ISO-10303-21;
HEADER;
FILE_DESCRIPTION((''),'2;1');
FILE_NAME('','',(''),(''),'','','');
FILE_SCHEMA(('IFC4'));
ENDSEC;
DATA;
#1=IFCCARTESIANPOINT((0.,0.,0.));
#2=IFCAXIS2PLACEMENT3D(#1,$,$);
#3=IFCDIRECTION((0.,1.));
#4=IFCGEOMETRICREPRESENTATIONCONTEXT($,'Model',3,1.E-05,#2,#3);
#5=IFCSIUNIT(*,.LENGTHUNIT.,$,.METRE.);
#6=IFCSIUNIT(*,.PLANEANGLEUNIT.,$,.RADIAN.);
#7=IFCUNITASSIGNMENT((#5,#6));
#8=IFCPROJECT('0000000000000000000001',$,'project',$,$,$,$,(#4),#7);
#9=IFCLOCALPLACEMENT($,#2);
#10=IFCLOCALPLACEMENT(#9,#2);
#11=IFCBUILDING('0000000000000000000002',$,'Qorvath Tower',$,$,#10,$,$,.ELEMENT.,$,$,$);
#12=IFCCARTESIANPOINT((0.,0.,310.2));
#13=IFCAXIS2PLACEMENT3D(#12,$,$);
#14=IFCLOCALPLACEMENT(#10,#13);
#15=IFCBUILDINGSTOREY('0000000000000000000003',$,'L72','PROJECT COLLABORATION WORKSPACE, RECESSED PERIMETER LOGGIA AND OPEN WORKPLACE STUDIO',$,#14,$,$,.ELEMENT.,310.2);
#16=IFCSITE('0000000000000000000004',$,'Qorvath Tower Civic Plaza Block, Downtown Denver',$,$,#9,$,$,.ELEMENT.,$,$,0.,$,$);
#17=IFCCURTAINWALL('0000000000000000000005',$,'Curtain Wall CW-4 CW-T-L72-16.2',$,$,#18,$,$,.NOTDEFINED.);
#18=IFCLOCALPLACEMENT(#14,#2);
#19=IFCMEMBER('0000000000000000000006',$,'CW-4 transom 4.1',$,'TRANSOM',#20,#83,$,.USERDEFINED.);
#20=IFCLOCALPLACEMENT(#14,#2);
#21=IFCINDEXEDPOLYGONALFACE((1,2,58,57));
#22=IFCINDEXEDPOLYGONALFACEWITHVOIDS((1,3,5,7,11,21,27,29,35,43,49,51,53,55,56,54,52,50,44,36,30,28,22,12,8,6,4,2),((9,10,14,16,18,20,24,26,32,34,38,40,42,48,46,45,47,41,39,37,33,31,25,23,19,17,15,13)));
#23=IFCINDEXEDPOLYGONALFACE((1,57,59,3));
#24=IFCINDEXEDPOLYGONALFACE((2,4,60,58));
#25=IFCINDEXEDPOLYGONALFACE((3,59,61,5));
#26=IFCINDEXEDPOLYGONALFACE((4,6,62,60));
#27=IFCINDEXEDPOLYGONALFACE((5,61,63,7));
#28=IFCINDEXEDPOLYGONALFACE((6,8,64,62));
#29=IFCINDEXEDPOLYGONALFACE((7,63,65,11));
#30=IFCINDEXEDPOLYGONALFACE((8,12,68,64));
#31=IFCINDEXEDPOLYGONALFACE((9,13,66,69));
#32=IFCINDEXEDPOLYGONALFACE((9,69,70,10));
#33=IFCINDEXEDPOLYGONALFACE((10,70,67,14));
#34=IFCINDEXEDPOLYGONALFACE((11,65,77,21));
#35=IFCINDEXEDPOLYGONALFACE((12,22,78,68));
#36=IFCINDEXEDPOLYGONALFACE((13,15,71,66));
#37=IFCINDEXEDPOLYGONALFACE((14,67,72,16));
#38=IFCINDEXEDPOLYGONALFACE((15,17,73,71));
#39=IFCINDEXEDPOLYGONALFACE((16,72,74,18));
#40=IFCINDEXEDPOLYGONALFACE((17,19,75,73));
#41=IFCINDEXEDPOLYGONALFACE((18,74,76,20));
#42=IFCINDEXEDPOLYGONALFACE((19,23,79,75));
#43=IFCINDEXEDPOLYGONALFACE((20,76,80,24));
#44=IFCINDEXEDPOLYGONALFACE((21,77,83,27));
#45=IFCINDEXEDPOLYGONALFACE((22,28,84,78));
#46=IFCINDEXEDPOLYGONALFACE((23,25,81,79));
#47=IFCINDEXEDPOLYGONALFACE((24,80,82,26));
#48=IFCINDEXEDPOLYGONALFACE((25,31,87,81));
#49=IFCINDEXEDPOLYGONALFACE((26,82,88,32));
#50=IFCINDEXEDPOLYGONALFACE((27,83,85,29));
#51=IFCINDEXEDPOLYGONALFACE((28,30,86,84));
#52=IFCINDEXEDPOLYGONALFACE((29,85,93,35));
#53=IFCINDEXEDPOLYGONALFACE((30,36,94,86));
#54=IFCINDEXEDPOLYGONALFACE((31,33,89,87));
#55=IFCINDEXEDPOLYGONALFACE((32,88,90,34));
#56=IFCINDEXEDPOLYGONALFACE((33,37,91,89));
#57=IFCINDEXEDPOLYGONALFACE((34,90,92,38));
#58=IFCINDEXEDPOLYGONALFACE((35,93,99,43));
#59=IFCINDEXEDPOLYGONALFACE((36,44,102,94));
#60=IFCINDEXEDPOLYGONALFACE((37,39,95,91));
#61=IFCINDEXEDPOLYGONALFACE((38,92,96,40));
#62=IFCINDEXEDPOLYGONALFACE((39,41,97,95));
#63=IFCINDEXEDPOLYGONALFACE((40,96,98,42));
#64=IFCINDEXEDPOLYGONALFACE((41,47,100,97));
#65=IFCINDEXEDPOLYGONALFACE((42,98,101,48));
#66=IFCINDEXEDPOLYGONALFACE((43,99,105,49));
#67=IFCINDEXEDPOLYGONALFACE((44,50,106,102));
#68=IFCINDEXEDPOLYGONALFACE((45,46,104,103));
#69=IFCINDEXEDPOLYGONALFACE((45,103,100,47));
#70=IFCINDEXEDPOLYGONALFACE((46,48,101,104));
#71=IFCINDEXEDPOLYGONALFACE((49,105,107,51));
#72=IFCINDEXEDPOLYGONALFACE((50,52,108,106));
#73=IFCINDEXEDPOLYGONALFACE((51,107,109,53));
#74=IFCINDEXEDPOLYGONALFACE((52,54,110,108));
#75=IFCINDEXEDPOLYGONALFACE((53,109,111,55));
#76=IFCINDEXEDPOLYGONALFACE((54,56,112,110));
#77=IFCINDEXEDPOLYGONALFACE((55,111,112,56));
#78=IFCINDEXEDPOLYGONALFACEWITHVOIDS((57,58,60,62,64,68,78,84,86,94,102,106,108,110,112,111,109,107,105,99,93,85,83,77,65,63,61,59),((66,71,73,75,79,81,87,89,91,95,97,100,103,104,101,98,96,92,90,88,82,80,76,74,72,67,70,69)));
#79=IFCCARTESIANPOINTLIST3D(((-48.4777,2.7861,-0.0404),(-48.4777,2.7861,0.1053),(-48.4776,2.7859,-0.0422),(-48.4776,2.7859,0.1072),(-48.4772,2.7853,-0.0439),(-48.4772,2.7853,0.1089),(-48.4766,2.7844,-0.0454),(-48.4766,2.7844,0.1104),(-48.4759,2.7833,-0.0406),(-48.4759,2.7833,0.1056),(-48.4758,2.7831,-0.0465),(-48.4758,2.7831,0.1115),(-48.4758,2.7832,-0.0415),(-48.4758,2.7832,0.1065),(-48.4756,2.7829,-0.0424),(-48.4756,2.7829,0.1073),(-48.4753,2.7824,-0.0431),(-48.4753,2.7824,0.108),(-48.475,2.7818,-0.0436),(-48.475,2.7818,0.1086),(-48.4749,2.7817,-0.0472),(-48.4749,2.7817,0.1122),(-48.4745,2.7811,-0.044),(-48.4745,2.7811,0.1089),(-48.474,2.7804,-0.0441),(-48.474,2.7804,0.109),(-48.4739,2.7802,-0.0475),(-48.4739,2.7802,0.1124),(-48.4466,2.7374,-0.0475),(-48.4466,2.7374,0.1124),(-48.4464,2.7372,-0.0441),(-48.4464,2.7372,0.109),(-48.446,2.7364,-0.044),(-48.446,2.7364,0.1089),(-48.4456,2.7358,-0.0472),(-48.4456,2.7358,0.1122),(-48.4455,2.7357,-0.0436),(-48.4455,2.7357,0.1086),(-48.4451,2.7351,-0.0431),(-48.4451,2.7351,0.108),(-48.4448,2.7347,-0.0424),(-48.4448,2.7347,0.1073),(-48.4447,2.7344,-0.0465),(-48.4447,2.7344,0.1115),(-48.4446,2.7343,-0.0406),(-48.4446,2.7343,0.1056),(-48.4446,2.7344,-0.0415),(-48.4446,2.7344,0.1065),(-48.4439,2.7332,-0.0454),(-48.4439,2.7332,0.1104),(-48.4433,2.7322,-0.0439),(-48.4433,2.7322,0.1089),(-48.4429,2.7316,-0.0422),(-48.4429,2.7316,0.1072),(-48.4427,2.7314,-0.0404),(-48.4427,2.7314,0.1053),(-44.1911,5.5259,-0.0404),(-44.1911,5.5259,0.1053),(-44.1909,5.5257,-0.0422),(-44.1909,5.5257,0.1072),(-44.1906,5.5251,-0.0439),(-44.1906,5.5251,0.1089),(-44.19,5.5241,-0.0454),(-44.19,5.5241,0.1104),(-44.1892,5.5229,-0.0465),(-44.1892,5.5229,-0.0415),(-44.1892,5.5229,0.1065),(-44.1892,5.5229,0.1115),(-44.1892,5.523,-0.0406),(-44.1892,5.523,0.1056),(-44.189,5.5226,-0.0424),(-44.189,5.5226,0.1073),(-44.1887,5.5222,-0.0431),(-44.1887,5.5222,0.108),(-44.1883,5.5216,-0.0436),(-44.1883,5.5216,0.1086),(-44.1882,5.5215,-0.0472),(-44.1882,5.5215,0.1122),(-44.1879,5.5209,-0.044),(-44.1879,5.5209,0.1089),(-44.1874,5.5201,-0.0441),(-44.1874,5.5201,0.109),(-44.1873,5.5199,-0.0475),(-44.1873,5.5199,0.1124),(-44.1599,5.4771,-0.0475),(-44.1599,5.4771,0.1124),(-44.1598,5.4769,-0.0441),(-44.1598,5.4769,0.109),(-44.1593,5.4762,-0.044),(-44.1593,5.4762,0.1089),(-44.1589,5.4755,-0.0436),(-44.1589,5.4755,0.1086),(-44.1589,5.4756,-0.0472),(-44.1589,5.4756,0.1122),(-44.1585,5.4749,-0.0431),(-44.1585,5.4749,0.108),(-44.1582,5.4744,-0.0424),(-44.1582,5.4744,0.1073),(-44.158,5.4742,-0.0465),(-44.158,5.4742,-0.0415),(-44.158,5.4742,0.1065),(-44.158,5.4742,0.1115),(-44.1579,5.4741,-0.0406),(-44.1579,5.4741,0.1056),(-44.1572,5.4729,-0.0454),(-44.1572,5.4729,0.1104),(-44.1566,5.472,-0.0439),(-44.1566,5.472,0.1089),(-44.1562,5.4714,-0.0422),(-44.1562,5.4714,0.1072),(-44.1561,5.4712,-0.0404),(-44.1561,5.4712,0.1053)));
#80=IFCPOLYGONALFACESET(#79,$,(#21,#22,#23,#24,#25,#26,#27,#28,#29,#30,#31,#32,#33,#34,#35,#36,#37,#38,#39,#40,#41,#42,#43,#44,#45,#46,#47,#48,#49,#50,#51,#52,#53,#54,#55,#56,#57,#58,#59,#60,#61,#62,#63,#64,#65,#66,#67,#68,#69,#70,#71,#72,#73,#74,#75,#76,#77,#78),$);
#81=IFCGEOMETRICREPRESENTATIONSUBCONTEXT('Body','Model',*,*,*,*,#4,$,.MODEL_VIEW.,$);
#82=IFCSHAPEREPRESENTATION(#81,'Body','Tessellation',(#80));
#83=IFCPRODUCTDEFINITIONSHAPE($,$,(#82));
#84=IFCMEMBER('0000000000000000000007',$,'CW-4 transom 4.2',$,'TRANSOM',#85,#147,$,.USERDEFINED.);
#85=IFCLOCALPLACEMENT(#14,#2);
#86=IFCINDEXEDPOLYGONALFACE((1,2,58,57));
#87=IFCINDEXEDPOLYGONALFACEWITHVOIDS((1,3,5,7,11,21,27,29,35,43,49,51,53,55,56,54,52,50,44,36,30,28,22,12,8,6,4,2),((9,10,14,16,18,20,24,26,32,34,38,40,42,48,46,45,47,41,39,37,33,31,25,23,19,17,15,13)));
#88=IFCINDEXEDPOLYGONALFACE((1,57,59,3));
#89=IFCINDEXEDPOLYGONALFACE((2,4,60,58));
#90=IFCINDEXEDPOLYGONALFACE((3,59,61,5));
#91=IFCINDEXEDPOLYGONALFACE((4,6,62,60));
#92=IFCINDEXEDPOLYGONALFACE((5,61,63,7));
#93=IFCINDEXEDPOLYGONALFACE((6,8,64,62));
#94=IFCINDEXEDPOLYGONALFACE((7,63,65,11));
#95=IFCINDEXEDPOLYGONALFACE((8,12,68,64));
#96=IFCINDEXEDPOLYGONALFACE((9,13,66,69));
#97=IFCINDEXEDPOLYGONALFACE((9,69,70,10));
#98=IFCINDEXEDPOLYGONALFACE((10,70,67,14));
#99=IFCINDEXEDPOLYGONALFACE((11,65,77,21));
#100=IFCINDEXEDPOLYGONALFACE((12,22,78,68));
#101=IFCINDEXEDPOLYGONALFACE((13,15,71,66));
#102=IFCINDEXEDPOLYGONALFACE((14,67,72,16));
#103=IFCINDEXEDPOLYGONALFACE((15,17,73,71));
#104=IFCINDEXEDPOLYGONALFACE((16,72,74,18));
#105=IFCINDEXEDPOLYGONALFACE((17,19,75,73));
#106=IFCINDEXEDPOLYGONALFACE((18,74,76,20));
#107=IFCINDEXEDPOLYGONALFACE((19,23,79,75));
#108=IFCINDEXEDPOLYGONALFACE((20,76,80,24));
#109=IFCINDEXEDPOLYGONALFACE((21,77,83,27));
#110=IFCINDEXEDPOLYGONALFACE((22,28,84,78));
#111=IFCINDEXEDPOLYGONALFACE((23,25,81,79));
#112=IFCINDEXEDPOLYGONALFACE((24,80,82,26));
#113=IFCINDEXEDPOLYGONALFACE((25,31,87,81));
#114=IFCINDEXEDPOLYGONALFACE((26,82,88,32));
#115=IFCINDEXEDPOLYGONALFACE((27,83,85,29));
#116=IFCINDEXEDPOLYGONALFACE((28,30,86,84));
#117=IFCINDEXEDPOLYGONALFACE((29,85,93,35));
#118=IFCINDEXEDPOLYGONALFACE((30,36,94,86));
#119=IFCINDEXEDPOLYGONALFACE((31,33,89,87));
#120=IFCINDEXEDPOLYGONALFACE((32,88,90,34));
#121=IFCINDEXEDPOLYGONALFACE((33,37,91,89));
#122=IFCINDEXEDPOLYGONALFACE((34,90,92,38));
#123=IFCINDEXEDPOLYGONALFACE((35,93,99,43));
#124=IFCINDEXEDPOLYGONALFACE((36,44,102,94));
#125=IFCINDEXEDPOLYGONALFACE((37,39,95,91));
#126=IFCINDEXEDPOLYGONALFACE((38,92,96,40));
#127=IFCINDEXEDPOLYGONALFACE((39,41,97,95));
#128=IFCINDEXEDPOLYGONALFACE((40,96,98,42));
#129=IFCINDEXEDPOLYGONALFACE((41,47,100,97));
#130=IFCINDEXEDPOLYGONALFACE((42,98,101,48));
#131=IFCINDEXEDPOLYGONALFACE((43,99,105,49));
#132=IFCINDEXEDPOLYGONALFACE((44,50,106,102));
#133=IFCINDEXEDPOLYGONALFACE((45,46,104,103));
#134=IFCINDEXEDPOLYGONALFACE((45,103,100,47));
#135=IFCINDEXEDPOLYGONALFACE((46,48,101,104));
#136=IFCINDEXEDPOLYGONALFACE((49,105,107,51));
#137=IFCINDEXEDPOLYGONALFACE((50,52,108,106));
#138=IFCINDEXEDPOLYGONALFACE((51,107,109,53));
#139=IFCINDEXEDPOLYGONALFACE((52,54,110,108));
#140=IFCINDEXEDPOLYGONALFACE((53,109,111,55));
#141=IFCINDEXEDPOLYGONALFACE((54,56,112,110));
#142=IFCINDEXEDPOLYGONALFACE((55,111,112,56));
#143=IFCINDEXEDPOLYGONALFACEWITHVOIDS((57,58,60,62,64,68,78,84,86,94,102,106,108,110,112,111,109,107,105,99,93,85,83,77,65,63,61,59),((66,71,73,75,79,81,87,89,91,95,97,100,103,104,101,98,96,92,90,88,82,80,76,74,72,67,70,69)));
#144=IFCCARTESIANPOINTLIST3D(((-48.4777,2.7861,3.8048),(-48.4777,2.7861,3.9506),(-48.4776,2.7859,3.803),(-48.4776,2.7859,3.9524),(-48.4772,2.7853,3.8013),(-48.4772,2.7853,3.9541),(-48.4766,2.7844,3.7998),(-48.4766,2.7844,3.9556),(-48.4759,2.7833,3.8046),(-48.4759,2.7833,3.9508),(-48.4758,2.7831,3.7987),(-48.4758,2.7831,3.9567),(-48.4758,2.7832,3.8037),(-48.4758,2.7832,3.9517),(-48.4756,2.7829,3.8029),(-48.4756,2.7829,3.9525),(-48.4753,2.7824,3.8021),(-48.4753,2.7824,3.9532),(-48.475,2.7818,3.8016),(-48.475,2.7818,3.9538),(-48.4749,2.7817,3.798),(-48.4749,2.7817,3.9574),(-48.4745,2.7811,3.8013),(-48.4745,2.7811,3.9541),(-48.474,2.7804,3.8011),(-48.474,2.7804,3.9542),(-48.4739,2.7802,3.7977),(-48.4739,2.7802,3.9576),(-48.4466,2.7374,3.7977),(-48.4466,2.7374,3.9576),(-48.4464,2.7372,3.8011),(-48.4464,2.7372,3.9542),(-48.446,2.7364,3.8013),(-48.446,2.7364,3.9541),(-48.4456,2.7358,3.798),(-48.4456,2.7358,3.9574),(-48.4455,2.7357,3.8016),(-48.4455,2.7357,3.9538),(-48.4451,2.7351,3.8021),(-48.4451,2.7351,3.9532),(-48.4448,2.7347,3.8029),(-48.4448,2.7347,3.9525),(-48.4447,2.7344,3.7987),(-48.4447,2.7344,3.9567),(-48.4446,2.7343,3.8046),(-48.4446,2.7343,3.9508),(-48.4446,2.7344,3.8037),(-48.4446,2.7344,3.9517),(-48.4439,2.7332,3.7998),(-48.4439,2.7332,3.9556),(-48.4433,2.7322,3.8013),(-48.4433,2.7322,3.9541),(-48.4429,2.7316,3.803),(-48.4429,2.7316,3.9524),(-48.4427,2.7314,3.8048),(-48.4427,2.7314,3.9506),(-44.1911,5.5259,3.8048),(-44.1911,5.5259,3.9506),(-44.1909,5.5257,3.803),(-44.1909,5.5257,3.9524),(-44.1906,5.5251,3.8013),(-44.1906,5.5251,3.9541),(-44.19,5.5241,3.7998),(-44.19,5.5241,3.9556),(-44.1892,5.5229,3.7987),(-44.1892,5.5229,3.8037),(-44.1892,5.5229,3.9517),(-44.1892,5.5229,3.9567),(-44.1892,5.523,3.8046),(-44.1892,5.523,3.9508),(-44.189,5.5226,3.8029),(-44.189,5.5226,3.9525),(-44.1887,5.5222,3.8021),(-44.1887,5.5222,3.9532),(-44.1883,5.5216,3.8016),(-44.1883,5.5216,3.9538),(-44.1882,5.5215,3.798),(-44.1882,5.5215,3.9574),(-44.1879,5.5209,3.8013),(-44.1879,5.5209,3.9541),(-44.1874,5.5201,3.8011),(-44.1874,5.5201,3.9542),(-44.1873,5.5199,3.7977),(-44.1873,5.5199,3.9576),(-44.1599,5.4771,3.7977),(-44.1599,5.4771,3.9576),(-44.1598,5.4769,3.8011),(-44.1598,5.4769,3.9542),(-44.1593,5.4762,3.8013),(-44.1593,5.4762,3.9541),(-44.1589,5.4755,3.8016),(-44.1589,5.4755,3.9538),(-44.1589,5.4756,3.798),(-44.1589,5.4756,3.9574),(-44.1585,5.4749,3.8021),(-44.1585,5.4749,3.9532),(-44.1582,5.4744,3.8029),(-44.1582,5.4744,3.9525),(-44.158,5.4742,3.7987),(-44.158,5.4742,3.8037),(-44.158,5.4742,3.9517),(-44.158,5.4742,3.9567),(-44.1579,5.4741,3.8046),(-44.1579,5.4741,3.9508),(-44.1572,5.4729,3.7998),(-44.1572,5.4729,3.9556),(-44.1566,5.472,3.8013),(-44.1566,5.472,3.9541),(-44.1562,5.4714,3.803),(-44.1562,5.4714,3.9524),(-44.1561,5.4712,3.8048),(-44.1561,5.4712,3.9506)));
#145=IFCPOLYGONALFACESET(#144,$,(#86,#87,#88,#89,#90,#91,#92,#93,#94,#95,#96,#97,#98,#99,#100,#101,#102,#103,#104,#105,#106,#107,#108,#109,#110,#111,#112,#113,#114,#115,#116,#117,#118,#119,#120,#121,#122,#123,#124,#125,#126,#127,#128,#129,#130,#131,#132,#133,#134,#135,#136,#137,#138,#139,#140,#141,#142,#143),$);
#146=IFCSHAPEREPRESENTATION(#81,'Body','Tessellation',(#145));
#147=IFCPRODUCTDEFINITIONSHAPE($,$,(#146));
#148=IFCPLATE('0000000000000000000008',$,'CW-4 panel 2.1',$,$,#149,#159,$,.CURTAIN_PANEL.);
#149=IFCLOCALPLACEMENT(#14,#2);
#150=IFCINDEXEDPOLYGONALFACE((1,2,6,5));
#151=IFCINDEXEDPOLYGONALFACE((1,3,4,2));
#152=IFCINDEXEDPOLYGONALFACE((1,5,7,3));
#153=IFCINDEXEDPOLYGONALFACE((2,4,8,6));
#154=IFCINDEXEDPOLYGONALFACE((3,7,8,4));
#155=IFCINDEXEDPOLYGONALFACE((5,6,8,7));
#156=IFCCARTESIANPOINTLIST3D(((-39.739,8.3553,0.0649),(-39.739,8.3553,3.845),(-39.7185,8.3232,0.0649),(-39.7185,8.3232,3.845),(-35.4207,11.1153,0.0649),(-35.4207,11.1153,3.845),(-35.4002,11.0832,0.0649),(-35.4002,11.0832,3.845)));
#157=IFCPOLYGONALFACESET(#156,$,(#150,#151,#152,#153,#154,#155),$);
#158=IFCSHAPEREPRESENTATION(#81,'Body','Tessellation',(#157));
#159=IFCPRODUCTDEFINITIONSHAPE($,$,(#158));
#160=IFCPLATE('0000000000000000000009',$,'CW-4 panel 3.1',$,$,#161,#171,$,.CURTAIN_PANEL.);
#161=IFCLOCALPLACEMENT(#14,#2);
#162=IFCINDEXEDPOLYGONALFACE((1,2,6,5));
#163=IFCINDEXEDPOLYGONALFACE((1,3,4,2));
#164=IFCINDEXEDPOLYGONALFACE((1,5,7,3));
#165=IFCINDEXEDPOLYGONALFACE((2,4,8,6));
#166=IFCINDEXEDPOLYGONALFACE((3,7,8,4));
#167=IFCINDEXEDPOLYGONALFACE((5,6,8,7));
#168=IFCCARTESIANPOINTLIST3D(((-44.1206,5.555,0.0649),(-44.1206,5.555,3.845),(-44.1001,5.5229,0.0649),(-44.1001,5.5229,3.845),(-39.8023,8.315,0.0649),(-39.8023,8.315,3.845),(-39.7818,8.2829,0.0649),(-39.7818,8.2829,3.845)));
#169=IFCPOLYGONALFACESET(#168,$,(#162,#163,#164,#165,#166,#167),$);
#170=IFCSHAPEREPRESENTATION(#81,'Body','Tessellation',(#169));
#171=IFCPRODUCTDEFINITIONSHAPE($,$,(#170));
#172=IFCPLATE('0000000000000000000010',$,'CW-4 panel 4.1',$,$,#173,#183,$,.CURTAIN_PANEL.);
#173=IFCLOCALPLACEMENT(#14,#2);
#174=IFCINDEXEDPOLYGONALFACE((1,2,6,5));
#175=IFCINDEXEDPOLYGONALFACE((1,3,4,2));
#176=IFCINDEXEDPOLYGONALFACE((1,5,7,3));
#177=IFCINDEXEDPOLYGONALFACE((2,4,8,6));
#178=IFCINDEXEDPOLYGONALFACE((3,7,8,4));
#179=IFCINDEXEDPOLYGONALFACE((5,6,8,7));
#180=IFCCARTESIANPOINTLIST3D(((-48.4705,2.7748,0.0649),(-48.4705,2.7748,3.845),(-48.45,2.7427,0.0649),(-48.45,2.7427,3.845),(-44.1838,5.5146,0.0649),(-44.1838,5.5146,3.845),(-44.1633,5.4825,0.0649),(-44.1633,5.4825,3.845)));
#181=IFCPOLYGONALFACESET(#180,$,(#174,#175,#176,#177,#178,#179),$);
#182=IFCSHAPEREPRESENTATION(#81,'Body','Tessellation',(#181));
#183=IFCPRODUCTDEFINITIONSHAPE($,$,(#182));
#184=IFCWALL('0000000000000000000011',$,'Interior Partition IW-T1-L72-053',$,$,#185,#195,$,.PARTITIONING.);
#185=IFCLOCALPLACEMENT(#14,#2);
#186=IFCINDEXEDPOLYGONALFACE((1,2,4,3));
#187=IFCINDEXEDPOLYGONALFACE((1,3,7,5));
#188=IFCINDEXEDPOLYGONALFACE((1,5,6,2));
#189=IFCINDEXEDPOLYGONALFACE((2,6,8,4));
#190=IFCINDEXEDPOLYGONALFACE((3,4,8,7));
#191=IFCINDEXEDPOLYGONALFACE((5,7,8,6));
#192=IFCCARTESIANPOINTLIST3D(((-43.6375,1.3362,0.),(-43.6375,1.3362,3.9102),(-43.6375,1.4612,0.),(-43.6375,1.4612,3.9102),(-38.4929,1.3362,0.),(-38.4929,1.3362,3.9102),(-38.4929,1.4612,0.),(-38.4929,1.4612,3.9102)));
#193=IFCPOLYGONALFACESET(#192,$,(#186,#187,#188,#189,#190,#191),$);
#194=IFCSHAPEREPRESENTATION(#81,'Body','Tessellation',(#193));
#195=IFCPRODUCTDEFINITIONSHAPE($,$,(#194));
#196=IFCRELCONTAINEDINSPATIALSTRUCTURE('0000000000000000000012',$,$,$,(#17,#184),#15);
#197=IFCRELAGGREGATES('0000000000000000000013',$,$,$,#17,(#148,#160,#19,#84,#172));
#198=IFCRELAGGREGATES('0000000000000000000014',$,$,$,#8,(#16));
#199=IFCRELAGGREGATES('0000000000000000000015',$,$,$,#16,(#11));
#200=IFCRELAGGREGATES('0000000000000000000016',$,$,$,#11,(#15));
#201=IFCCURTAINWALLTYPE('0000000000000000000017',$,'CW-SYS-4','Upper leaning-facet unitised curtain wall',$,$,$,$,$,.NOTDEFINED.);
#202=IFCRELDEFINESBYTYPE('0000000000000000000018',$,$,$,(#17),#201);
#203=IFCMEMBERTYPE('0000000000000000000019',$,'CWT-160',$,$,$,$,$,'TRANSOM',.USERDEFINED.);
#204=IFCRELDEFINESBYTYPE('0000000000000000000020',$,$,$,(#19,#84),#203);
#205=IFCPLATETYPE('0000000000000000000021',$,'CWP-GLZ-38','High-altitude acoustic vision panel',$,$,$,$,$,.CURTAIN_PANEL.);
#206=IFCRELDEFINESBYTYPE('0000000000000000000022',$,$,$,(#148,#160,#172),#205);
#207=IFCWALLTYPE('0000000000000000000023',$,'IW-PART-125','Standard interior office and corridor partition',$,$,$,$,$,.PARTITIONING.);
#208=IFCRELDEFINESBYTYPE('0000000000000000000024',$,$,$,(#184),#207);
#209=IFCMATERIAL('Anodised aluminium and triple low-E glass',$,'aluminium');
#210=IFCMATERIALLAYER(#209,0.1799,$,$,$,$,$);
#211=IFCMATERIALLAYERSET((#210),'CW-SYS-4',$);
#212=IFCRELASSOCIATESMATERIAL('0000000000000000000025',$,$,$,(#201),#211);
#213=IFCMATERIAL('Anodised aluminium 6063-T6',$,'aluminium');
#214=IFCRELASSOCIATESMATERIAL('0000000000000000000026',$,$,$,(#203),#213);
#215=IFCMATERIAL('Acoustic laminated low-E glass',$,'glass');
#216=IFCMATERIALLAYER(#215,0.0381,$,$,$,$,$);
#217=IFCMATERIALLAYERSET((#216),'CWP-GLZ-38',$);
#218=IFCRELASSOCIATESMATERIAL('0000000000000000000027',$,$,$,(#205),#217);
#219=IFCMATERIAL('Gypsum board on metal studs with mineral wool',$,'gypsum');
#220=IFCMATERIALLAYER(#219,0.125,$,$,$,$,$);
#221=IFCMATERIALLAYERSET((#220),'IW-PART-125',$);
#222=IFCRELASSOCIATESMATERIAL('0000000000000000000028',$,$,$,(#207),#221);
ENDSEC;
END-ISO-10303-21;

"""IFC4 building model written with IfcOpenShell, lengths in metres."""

from ifc_helpers import new_model, si_unit, direction, frame, frame_2d, origin, origin_2d, place, context, subcontext, project, spatial, rectangle, hollow_rectangle, extrude, material, layer, layer_set, material_profile, profile_set, type_object, element, aggregate, save


model = new_model("IFC4")

# Units and contexts
model_context = context("Model", 3, precision=1e-05, world=origin(), true_north=direction((0.0, 1.0)))
body_context = subcontext(model_context, "Body", "Model", "MODEL_VIEW")
ifc_project = project(units=[si_unit("LENGTHUNIT", "METRE"), si_unit("PLANEANGLEUNIT", "RADIAN")], contexts=[model_context])

# Site, building, storey
site_placement = place(None, origin())
site = spatial("IfcSite", under=ifc_project, at=site_placement, Name="Qorvath Tower Civic Plaza Block, Downtown Denver", CompositionType="ELEMENT", RefElevation=0.0)
building_placement = place(site_placement, origin())
building = spatial("IfcBuilding", under=site, at=building_placement, Name="Qorvath Tower", CompositionType="ELEMENT")
storey_placement = place(building_placement, frame((0.0, 0.0, 310.2)))
storey = spatial("IfcBuildingStorey", under=building, at=storey_placement, Name="L72", Description="PROJECT COLLABORATION WORKSPACE, RECESSED PERIMETER LOGGIA AND OPEN WORKPLACE STUDIO", CompositionType="ELEMENT", Elevation=310.2)

# Curtain wall, members, plates
ifc_material_1 = material(Name="Anodised aluminium and triple low-E glass", Category="aluminium")
ifc_layer_1 = layer(ifc_material_1, 0.1799)
ifc_layer_set_1 = layer_set([ifc_layer_1], Name="CW-SYS-4")
curtain_wall_type = type_object("IfcCurtainWallType", Name="CW-SYS-4", Description="Upper leaning-facet unitised curtain wall", PredefinedType="NOTDEFINED", material=ifc_layer_set_1)
curtain_wall_placement = place(storey_placement, origin())
curtain_wall = element("IfcCurtainWall", 1, at=curtain_wall_placement, inside=storey, type_object=curtain_wall_type, Name="Curtain Wall CW-4 CW-T-L72-16.2", PredefinedType="NOTDEFINED")
ifc_material_2 = material(Name="Anodised aluminium 6063-T6", Category="aluminium")
ifc_material_profile_1 = material_profile(ifc_material_2, hollow_rectangle(XDim=0.0649, YDim=0.1599, WallThickness=0.0034, InnerFilletRadius=0.0034, OuterFilletRadius=0.0071, at=origin_2d()), Name="CWT 160x65")
ifc_profile_set_1 = profile_set([ifc_material_profile_1], Name="Anodised aluminium 6063-T6")
member_type_1 = type_object("IfcMemberType", Name="CWT-160", ElementType="TRANSOM", PredefinedType="USERDEFINED", material=ifc_profile_set_1)
member_1_placement = place(storey_placement, frame((-44.1736, 5.4985, 0.0325), z_axis=(-0.842601, -0.538539, 0.0), x_axis=(0.538539, -0.842601, 0.0)))
member_1 = element("IfcMember", 2, at=member_1_placement, type_object=member_type_1, Name="CW-4 transom 4.1", ObjectType="TRANSOM", PredefinedType="USERDEFINED", context=body_context, shape_type="SweptSolid", body=[
    extrude(hollow_rectangle(XDim=0.0649, YDim=0.1599, WallThickness=0.0034, InnerFilletRadius=0.0034, OuterFilletRadius=0.0071, at=origin_2d()), origin(), (0.0, 0.0, 1.0), 5.0874),
])
member_2_placement = place(storey_placement, frame((-44.1736, 5.4985, 3.8777), z_axis=(-0.842601, -0.538539, 0.0), x_axis=(0.538539, -0.842601, 0.0)))
member_2 = element("IfcMember", 3, at=member_2_placement, type_object=member_type_1, Name="CW-4 transom 4.2", ObjectType="TRANSOM", PredefinedType="USERDEFINED", context=body_context, shape_type="SweptSolid", body=[
    extrude(hollow_rectangle(XDim=0.0649, YDim=0.1599, WallThickness=0.0034, InnerFilletRadius=0.0034, OuterFilletRadius=0.0071, at=origin_2d()), origin(), (0.0, 0.0, 1.0), 5.0874),
])
ifc_material_3 = material(Name="Acoustic laminated low-E glass", Category="glass")
ifc_layer_2 = layer(ifc_material_3, 0.0381)
ifc_layer_set_2 = layer_set([ifc_layer_2], Name="CWP-GLZ-38")
plate_type = type_object("IfcPlateType", Name="CWP-GLZ-38", Description="High-altitude acoustic vision panel", PredefinedType="CURTAIN_PANEL", material=ifc_layer_set_2)
plate_1_placement = place(storey_placement, frame((-37.5696, 9.7192, 0.0649), z_axis=(0.0, 0.0, 1.0), x_axis=(-0.842601, -0.538538, 0.0)))
plate_1 = element("IfcPlate", 4, at=plate_1_placement, type_object=plate_type, Name="CW-4 panel 2.1", PredefinedType="CURTAIN_PANEL", context=body_context, shape_type="SweptSolid", body=[
    extrude(rectangle(XDim=5.125, YDim=0.0381, at=origin_2d()), origin(), (0.0, 0.0, 1.0), 3.78),
])
plate_2_placement = place(storey_placement, frame((-41.9512, 6.9189, 0.0649), z_axis=(0.0, 0.0, 1.0), x_axis=(-0.842601, -0.538538, 0.0)))
plate_2 = element("IfcPlate", 5, at=plate_2_placement, type_object=plate_type, Name="CW-4 panel 3.1", PredefinedType="CURTAIN_PANEL", context=body_context, shape_type="SweptSolid", body=[
    extrude(rectangle(XDim=5.125, YDim=0.0381, at=origin_2d()), origin(), (0.0, 0.0, 1.0), 3.78),
])
plate_3_placement = place(storey_placement, frame((-46.3169, 4.1287, 0.0649), z_axis=(0.0, 0.0, 1.0), x_axis=(-0.842601, -0.538538, 0.0)))
plate_3 = element("IfcPlate", 6, at=plate_3_placement, type_object=plate_type, Name="CW-4 panel 4.1", PredefinedType="CURTAIN_PANEL", context=body_context, shape_type="SweptSolid", body=[
    extrude(rectangle(XDim=5.0874, YDim=0.0381, at=origin_2d()), origin(), (0.0, 0.0, 1.0), 3.78),
])
aggregate(curtain_wall, [plate_1, plate_2, member_1, member_2, plate_3])

# Wall
ifc_material_4 = material(Name="Gypsum board on metal studs with mineral wool", Category="gypsum")
ifc_layer_3 = layer(ifc_material_4, 0.125)
ifc_layer_set_3 = layer_set([ifc_layer_3], Name="IW-PART-125")
wall_type_1 = type_object("IfcWallType", Name="IW-PART-125", Description="Standard interior office and corridor partition", PredefinedType="PARTITIONING", material=ifc_layer_set_3)
wall_1_placement = place(storey_placement, frame((-38.4929, 1.3987, 0.0), z_axis=(0.0, 0.0, 1.0), x_axis=(-1.0, 0.0, 0.0)))
element("IfcWall", 7, at=wall_1_placement, inside=storey, type_object=wall_type_1, Name="Interior Partition IW-T1-L72-053", PredefinedType="PARTITIONING", context=body_context, shape_type="SweptSolid", body=[
    extrude(rectangle(XDim=5.1445, YDim=0.125, at=frame_2d((2.5723, 0.0))), origin(), (0.0, 0.0, 1.0), 3.9102),
])

save(model, "model.ifc")
